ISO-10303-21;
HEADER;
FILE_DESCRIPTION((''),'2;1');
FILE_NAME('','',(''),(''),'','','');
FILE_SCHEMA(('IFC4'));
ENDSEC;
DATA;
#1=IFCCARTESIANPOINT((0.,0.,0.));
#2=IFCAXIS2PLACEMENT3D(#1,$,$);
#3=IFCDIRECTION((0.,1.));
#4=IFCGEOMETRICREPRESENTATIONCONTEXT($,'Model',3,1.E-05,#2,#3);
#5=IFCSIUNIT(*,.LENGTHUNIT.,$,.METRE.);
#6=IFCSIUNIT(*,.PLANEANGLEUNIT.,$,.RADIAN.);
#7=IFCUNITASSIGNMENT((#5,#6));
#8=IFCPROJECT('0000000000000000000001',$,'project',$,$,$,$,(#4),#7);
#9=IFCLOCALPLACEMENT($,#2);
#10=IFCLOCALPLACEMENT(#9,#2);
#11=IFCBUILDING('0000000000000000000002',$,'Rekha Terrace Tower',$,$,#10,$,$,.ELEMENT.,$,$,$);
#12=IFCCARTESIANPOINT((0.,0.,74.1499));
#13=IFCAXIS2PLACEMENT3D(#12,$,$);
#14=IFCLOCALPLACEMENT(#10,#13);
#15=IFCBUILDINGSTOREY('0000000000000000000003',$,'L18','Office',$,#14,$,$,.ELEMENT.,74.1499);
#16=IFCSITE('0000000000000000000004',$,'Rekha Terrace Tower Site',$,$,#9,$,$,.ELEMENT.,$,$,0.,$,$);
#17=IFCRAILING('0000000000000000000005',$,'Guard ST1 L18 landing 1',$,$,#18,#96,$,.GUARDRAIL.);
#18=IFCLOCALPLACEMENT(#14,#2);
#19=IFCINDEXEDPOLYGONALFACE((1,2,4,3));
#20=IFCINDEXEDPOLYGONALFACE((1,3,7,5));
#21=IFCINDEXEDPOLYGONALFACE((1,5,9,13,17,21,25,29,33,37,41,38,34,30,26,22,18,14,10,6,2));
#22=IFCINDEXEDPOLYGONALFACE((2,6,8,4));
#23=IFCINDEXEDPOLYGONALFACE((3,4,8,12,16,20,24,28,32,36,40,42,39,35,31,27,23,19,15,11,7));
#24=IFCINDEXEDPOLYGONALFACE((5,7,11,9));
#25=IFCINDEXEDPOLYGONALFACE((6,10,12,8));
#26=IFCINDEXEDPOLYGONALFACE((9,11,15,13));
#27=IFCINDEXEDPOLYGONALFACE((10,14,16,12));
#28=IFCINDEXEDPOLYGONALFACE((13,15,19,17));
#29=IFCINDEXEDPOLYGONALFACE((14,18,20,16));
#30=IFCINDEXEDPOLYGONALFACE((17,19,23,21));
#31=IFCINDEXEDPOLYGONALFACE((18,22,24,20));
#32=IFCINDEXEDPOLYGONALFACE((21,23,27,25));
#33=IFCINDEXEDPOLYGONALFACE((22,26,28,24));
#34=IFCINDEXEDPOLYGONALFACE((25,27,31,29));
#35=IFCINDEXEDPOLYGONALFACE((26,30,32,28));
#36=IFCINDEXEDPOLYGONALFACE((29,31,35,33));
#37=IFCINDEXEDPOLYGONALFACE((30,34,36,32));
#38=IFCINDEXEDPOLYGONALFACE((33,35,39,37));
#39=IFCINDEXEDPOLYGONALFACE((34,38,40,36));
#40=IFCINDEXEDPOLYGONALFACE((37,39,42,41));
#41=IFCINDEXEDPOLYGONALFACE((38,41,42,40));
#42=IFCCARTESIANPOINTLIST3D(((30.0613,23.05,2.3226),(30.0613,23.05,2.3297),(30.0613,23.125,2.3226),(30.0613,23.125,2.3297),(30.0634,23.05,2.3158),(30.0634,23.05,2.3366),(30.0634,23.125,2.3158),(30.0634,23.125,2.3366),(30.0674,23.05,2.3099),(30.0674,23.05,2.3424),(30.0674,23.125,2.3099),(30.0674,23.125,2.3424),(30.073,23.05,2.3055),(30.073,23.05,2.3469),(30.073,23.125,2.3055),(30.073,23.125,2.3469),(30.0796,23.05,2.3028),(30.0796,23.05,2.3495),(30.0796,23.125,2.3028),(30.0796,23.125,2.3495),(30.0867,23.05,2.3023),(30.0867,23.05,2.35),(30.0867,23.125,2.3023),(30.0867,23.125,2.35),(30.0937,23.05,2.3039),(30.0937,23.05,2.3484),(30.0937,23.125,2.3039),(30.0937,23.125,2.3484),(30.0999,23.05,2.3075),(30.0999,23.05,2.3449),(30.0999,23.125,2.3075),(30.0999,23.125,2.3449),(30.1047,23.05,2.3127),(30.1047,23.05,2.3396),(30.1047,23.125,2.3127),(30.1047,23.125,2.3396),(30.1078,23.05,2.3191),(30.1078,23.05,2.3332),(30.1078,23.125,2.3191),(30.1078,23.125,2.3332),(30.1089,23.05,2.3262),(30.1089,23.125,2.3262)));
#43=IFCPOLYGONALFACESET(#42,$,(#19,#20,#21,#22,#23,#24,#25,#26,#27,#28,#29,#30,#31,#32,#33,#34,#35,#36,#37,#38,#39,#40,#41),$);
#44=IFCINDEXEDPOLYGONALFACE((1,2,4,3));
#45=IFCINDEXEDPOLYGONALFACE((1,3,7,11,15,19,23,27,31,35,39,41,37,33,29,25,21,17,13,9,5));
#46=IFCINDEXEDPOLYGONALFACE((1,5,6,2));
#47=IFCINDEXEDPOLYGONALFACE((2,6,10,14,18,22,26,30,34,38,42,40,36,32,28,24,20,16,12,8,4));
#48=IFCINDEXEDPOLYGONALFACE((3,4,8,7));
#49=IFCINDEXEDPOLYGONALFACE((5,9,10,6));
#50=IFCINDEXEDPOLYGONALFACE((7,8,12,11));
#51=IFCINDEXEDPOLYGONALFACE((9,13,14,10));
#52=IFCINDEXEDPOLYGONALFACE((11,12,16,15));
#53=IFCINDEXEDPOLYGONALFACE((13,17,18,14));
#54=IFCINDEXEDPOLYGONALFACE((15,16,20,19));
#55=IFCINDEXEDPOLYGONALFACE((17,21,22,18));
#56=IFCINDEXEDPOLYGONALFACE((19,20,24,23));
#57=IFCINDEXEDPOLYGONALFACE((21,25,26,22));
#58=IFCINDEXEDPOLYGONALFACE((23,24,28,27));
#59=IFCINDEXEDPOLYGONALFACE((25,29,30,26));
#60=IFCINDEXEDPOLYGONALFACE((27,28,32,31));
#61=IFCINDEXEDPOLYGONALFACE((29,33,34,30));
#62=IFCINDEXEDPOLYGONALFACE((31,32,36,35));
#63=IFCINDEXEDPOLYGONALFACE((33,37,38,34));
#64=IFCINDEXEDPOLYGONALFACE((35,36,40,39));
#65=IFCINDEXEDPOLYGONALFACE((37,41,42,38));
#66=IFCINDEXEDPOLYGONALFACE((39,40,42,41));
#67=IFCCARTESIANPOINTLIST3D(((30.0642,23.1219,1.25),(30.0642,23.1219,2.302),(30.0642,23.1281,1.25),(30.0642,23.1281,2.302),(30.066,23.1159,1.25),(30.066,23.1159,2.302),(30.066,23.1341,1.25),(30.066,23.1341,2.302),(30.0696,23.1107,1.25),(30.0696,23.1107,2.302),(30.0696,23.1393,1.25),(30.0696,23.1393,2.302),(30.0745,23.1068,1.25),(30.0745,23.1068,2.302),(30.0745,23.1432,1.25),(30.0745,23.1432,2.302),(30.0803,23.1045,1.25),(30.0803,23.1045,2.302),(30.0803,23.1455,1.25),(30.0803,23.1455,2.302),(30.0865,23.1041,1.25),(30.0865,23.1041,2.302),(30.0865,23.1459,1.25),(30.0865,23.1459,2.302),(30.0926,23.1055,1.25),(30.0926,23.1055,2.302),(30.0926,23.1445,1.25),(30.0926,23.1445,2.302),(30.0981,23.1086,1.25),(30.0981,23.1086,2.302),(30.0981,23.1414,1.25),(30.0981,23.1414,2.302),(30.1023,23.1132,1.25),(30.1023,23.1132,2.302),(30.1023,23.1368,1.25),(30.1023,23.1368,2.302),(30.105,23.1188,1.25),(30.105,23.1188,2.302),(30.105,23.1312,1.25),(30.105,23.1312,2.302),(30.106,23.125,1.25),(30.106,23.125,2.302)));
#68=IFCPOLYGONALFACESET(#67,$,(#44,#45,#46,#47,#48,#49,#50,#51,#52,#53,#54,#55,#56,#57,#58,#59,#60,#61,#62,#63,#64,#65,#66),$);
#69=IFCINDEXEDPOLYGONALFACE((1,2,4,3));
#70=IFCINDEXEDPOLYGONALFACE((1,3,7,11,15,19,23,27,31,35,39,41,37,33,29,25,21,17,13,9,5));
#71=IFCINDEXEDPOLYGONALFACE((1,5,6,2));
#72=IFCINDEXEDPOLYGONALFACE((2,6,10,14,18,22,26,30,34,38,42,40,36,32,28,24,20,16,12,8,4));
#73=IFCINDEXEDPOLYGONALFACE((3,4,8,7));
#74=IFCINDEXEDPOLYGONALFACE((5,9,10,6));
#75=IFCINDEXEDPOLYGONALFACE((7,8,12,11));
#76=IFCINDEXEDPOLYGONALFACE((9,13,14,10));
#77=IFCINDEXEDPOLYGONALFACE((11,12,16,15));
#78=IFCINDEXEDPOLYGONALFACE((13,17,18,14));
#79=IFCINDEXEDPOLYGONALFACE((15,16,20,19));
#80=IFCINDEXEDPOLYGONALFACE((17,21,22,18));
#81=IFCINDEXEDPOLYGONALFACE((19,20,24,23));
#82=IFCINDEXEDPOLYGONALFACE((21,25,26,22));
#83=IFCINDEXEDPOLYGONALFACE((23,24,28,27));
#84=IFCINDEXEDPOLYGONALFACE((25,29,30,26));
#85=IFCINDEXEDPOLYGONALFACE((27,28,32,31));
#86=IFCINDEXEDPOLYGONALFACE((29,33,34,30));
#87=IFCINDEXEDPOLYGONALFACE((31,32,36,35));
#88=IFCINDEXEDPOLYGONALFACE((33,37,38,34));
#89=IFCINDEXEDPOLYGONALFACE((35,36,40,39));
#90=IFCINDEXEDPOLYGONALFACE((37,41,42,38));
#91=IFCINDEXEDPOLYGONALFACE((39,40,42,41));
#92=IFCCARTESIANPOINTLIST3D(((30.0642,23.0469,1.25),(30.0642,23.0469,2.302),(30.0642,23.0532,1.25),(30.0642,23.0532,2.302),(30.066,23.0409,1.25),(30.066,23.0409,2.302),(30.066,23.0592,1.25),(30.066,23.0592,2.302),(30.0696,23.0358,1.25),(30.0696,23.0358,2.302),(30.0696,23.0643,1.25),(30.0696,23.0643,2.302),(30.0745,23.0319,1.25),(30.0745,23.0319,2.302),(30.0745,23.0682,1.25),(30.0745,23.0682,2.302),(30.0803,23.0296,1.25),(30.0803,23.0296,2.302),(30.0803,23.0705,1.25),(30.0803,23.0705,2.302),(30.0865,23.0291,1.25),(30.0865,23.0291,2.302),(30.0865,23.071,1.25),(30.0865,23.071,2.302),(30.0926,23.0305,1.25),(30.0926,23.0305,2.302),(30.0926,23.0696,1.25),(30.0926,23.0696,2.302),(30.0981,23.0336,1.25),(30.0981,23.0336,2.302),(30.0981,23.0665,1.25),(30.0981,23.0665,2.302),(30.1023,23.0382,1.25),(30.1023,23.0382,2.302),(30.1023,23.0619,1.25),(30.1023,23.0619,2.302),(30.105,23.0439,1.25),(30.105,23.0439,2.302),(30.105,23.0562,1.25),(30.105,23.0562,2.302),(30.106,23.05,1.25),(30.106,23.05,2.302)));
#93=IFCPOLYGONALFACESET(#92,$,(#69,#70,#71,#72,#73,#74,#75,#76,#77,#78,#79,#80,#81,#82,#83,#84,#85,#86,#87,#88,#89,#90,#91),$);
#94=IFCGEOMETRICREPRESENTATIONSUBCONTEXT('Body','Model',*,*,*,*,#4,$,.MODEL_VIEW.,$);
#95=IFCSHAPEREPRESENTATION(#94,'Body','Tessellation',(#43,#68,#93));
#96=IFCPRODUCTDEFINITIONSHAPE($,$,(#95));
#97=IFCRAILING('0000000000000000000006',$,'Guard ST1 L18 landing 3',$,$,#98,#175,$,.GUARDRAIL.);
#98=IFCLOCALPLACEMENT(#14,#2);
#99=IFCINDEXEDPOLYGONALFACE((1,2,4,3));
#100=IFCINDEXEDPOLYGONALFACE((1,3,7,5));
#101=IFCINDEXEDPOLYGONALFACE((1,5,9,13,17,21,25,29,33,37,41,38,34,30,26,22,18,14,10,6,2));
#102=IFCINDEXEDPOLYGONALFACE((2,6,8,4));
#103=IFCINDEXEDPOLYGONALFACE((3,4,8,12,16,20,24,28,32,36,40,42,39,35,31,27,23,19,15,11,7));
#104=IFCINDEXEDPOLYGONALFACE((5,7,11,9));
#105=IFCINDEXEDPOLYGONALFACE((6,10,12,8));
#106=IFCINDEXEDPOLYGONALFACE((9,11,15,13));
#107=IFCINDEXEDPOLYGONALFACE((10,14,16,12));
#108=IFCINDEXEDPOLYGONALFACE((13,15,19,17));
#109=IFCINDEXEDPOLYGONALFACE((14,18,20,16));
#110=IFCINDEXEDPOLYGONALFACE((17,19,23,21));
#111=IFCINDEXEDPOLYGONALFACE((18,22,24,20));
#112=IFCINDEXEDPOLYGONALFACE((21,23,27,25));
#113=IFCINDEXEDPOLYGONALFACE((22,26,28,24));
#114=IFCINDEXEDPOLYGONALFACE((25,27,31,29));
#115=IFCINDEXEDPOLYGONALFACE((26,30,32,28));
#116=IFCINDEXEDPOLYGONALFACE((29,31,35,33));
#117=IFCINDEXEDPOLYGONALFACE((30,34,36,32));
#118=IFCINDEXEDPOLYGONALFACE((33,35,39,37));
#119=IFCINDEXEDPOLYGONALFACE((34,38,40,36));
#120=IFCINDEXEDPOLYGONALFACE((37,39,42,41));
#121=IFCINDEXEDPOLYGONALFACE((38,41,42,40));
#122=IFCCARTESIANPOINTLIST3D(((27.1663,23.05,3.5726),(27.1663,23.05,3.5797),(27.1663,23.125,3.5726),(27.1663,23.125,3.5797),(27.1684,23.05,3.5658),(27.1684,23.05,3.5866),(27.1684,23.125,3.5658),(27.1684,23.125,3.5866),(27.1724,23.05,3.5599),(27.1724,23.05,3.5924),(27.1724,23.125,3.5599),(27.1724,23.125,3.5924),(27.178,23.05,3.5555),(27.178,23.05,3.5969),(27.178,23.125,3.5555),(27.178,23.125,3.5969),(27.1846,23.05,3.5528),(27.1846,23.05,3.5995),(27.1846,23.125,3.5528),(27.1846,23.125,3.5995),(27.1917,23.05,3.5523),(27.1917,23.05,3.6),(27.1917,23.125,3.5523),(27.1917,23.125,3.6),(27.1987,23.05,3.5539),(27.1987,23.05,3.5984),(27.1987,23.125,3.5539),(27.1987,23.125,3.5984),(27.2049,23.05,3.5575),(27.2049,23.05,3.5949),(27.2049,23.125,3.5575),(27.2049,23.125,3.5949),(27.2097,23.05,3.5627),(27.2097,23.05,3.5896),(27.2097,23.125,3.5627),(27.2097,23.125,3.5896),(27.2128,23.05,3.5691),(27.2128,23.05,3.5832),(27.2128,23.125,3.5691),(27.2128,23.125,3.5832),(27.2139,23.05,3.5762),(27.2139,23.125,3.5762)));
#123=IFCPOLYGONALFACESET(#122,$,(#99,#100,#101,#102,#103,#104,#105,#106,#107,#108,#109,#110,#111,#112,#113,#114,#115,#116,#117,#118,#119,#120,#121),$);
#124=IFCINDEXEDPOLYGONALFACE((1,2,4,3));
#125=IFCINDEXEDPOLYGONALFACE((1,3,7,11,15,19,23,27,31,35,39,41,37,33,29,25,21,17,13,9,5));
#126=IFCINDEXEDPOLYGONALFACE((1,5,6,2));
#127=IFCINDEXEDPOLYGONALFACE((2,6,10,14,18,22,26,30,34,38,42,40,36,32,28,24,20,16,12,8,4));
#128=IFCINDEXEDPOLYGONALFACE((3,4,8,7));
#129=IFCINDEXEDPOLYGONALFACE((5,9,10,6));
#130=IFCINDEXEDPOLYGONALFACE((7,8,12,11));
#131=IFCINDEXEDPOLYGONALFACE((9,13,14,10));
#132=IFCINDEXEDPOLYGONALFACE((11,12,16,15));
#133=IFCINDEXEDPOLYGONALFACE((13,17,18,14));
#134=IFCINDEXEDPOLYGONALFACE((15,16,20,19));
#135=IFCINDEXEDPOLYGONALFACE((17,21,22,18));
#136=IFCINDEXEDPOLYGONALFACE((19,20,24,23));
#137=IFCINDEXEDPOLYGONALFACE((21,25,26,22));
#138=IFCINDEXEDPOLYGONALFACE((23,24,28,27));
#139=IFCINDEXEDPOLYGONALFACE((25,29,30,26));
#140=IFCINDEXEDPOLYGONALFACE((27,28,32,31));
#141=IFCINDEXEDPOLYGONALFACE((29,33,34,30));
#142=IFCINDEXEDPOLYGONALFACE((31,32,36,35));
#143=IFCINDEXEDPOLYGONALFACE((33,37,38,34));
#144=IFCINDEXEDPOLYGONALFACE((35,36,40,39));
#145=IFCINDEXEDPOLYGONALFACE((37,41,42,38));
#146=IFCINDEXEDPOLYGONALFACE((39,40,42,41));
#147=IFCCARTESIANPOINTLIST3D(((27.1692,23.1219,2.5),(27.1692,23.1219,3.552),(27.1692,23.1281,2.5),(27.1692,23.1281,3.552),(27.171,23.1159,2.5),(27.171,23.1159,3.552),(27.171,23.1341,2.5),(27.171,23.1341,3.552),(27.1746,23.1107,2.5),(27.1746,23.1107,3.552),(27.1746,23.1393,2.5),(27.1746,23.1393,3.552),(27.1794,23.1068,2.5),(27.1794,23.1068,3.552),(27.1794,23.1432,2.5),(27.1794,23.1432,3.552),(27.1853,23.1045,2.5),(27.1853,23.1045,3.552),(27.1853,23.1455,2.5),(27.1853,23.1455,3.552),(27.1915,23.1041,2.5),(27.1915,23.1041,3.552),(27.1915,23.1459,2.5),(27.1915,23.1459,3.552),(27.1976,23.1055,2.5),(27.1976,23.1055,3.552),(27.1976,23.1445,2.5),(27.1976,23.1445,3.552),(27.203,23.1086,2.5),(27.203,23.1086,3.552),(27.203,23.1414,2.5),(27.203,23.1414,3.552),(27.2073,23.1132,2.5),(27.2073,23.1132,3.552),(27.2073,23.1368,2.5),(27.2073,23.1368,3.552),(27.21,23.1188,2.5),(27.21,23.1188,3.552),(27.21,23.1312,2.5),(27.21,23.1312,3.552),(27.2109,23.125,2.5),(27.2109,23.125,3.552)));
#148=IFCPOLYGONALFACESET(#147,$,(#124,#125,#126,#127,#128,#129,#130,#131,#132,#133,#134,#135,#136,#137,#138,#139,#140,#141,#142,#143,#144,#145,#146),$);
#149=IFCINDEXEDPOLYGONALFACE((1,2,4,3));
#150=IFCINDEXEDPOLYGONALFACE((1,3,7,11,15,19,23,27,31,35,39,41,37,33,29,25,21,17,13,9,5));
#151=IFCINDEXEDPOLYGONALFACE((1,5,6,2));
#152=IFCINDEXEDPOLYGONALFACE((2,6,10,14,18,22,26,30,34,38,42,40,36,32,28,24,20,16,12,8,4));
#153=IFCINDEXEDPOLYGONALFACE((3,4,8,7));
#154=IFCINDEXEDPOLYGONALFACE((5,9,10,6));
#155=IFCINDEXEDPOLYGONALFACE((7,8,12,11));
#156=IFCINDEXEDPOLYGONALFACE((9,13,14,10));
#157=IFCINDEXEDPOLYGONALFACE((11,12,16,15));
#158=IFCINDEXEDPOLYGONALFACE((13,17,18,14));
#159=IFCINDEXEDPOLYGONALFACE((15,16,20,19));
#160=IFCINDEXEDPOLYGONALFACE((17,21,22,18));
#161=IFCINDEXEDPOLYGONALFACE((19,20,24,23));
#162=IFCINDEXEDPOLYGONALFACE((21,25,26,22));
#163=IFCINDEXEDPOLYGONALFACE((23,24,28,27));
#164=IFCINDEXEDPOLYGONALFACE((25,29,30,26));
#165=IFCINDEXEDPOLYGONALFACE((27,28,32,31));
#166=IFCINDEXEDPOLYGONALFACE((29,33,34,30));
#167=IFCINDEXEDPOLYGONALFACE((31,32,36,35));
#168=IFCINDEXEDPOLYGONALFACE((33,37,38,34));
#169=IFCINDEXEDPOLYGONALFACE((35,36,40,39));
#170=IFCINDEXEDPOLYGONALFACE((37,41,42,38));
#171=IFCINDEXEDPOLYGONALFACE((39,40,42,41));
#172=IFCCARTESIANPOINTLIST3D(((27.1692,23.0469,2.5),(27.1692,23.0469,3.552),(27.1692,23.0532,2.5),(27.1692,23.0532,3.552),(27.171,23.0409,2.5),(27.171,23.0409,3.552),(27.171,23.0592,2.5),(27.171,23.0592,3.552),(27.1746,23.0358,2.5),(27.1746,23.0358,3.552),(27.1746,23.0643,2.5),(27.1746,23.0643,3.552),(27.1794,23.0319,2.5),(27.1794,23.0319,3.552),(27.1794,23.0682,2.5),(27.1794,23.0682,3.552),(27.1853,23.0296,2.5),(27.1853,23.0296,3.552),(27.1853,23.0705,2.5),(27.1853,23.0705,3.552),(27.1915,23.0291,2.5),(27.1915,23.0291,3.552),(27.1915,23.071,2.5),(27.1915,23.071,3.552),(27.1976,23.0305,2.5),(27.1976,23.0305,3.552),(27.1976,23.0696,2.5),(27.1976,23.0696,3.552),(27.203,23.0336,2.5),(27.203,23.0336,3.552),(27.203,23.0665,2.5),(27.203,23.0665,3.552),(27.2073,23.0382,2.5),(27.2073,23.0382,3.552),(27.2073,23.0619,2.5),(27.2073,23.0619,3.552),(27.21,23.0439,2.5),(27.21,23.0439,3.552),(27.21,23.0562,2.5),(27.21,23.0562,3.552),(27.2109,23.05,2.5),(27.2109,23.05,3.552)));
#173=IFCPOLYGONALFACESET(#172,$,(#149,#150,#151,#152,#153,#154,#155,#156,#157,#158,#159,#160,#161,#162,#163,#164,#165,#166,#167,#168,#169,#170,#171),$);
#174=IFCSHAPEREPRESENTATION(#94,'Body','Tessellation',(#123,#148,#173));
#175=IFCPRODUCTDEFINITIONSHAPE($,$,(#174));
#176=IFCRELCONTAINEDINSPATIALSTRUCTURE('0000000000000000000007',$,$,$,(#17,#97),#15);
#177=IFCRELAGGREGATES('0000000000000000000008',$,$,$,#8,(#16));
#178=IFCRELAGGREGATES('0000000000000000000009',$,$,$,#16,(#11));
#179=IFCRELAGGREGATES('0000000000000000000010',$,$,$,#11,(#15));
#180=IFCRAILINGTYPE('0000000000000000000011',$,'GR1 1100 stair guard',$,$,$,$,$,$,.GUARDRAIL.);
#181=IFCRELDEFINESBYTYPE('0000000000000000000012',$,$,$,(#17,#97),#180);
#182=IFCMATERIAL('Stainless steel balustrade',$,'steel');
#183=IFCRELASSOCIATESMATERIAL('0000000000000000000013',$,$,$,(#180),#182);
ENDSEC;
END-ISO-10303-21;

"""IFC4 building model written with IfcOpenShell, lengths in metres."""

from ifc_helpers import new_model, si_unit, direction, frame, origin, origin_2d, place, context, subcontext, project, spatial, circle, extrude, material, type_object, element, save


model = new_model("IFC4")

# Units and contexts
model_context = context("Model", 3, precision=1e-05, world=origin(), true_north=direction((0.0, 1.0)))
body_context = subcontext(model_context, "Body", "Model", "MODEL_VIEW")
ifc_project = project(units=[si_unit("LENGTHUNIT", "METRE"), si_unit("PLANEANGLEUNIT", "RADIAN")], contexts=[model_context])

# Site, building, storey
site_placement = place(None, origin())
site = spatial("IfcSite", under=ifc_project, at=site_placement, Name="Rekha Terrace Tower Site", CompositionType="ELEMENT", RefElevation=0.0)
building_placement = place(site_placement, origin())
building = spatial("IfcBuilding", under=site, at=building_placement, Name="Rekha Terrace Tower", CompositionType="ELEMENT")
storey_placement = place(building_placement, frame((0.0, 0.0, 74.1499)))
storey = spatial("IfcBuildingStorey", under=building, at=storey_placement, Name="L18", Description="Office", CompositionType="ELEMENT", Elevation=74.1499)

# Railings
ifc_material_1 = material(Name="Stainless steel balustrade", Category="steel")
railing_type_1 = type_object("IfcRailingType", Name="GR1 1100 stair guard", PredefinedType="GUARDRAIL", material=ifc_material_1)
for number, where, name in (
    (1, (30.085, 23.125, 1.25), "Guard ST1 L18 landing 1"),
    (2, (27.1899, 23.125, 2.5), "Guard ST1 L18 landing 3"),
):
    element("IfcRailing", number, at=place(storey_placement, frame(where)), inside=storey, type_object=railing_type_1, Name=name, PredefinedType="GUARDRAIL", context=body_context, shape_type="SweptSolid", body=[
        extrude(circle(Radius=0.0239, at=origin_2d()), frame((0.0, 0.0, 1.0762), z_axis=(0.0, -1.0, 0.0), x_axis=(1.0, 0.0, 0.0)), (0.0, 0.0, 1.0), 0.075),
        extrude(circle(Radius=0.021, at=origin_2d()), origin(), (0.0, 0.0, 1.0), 1.052),
        extrude(circle(Radius=0.021, at=origin_2d()), frame((0.0, -0.075, 0.0)), (0.0, 0.0, 1.0), 1.052),
    ])

save(model, "model.ifc")
